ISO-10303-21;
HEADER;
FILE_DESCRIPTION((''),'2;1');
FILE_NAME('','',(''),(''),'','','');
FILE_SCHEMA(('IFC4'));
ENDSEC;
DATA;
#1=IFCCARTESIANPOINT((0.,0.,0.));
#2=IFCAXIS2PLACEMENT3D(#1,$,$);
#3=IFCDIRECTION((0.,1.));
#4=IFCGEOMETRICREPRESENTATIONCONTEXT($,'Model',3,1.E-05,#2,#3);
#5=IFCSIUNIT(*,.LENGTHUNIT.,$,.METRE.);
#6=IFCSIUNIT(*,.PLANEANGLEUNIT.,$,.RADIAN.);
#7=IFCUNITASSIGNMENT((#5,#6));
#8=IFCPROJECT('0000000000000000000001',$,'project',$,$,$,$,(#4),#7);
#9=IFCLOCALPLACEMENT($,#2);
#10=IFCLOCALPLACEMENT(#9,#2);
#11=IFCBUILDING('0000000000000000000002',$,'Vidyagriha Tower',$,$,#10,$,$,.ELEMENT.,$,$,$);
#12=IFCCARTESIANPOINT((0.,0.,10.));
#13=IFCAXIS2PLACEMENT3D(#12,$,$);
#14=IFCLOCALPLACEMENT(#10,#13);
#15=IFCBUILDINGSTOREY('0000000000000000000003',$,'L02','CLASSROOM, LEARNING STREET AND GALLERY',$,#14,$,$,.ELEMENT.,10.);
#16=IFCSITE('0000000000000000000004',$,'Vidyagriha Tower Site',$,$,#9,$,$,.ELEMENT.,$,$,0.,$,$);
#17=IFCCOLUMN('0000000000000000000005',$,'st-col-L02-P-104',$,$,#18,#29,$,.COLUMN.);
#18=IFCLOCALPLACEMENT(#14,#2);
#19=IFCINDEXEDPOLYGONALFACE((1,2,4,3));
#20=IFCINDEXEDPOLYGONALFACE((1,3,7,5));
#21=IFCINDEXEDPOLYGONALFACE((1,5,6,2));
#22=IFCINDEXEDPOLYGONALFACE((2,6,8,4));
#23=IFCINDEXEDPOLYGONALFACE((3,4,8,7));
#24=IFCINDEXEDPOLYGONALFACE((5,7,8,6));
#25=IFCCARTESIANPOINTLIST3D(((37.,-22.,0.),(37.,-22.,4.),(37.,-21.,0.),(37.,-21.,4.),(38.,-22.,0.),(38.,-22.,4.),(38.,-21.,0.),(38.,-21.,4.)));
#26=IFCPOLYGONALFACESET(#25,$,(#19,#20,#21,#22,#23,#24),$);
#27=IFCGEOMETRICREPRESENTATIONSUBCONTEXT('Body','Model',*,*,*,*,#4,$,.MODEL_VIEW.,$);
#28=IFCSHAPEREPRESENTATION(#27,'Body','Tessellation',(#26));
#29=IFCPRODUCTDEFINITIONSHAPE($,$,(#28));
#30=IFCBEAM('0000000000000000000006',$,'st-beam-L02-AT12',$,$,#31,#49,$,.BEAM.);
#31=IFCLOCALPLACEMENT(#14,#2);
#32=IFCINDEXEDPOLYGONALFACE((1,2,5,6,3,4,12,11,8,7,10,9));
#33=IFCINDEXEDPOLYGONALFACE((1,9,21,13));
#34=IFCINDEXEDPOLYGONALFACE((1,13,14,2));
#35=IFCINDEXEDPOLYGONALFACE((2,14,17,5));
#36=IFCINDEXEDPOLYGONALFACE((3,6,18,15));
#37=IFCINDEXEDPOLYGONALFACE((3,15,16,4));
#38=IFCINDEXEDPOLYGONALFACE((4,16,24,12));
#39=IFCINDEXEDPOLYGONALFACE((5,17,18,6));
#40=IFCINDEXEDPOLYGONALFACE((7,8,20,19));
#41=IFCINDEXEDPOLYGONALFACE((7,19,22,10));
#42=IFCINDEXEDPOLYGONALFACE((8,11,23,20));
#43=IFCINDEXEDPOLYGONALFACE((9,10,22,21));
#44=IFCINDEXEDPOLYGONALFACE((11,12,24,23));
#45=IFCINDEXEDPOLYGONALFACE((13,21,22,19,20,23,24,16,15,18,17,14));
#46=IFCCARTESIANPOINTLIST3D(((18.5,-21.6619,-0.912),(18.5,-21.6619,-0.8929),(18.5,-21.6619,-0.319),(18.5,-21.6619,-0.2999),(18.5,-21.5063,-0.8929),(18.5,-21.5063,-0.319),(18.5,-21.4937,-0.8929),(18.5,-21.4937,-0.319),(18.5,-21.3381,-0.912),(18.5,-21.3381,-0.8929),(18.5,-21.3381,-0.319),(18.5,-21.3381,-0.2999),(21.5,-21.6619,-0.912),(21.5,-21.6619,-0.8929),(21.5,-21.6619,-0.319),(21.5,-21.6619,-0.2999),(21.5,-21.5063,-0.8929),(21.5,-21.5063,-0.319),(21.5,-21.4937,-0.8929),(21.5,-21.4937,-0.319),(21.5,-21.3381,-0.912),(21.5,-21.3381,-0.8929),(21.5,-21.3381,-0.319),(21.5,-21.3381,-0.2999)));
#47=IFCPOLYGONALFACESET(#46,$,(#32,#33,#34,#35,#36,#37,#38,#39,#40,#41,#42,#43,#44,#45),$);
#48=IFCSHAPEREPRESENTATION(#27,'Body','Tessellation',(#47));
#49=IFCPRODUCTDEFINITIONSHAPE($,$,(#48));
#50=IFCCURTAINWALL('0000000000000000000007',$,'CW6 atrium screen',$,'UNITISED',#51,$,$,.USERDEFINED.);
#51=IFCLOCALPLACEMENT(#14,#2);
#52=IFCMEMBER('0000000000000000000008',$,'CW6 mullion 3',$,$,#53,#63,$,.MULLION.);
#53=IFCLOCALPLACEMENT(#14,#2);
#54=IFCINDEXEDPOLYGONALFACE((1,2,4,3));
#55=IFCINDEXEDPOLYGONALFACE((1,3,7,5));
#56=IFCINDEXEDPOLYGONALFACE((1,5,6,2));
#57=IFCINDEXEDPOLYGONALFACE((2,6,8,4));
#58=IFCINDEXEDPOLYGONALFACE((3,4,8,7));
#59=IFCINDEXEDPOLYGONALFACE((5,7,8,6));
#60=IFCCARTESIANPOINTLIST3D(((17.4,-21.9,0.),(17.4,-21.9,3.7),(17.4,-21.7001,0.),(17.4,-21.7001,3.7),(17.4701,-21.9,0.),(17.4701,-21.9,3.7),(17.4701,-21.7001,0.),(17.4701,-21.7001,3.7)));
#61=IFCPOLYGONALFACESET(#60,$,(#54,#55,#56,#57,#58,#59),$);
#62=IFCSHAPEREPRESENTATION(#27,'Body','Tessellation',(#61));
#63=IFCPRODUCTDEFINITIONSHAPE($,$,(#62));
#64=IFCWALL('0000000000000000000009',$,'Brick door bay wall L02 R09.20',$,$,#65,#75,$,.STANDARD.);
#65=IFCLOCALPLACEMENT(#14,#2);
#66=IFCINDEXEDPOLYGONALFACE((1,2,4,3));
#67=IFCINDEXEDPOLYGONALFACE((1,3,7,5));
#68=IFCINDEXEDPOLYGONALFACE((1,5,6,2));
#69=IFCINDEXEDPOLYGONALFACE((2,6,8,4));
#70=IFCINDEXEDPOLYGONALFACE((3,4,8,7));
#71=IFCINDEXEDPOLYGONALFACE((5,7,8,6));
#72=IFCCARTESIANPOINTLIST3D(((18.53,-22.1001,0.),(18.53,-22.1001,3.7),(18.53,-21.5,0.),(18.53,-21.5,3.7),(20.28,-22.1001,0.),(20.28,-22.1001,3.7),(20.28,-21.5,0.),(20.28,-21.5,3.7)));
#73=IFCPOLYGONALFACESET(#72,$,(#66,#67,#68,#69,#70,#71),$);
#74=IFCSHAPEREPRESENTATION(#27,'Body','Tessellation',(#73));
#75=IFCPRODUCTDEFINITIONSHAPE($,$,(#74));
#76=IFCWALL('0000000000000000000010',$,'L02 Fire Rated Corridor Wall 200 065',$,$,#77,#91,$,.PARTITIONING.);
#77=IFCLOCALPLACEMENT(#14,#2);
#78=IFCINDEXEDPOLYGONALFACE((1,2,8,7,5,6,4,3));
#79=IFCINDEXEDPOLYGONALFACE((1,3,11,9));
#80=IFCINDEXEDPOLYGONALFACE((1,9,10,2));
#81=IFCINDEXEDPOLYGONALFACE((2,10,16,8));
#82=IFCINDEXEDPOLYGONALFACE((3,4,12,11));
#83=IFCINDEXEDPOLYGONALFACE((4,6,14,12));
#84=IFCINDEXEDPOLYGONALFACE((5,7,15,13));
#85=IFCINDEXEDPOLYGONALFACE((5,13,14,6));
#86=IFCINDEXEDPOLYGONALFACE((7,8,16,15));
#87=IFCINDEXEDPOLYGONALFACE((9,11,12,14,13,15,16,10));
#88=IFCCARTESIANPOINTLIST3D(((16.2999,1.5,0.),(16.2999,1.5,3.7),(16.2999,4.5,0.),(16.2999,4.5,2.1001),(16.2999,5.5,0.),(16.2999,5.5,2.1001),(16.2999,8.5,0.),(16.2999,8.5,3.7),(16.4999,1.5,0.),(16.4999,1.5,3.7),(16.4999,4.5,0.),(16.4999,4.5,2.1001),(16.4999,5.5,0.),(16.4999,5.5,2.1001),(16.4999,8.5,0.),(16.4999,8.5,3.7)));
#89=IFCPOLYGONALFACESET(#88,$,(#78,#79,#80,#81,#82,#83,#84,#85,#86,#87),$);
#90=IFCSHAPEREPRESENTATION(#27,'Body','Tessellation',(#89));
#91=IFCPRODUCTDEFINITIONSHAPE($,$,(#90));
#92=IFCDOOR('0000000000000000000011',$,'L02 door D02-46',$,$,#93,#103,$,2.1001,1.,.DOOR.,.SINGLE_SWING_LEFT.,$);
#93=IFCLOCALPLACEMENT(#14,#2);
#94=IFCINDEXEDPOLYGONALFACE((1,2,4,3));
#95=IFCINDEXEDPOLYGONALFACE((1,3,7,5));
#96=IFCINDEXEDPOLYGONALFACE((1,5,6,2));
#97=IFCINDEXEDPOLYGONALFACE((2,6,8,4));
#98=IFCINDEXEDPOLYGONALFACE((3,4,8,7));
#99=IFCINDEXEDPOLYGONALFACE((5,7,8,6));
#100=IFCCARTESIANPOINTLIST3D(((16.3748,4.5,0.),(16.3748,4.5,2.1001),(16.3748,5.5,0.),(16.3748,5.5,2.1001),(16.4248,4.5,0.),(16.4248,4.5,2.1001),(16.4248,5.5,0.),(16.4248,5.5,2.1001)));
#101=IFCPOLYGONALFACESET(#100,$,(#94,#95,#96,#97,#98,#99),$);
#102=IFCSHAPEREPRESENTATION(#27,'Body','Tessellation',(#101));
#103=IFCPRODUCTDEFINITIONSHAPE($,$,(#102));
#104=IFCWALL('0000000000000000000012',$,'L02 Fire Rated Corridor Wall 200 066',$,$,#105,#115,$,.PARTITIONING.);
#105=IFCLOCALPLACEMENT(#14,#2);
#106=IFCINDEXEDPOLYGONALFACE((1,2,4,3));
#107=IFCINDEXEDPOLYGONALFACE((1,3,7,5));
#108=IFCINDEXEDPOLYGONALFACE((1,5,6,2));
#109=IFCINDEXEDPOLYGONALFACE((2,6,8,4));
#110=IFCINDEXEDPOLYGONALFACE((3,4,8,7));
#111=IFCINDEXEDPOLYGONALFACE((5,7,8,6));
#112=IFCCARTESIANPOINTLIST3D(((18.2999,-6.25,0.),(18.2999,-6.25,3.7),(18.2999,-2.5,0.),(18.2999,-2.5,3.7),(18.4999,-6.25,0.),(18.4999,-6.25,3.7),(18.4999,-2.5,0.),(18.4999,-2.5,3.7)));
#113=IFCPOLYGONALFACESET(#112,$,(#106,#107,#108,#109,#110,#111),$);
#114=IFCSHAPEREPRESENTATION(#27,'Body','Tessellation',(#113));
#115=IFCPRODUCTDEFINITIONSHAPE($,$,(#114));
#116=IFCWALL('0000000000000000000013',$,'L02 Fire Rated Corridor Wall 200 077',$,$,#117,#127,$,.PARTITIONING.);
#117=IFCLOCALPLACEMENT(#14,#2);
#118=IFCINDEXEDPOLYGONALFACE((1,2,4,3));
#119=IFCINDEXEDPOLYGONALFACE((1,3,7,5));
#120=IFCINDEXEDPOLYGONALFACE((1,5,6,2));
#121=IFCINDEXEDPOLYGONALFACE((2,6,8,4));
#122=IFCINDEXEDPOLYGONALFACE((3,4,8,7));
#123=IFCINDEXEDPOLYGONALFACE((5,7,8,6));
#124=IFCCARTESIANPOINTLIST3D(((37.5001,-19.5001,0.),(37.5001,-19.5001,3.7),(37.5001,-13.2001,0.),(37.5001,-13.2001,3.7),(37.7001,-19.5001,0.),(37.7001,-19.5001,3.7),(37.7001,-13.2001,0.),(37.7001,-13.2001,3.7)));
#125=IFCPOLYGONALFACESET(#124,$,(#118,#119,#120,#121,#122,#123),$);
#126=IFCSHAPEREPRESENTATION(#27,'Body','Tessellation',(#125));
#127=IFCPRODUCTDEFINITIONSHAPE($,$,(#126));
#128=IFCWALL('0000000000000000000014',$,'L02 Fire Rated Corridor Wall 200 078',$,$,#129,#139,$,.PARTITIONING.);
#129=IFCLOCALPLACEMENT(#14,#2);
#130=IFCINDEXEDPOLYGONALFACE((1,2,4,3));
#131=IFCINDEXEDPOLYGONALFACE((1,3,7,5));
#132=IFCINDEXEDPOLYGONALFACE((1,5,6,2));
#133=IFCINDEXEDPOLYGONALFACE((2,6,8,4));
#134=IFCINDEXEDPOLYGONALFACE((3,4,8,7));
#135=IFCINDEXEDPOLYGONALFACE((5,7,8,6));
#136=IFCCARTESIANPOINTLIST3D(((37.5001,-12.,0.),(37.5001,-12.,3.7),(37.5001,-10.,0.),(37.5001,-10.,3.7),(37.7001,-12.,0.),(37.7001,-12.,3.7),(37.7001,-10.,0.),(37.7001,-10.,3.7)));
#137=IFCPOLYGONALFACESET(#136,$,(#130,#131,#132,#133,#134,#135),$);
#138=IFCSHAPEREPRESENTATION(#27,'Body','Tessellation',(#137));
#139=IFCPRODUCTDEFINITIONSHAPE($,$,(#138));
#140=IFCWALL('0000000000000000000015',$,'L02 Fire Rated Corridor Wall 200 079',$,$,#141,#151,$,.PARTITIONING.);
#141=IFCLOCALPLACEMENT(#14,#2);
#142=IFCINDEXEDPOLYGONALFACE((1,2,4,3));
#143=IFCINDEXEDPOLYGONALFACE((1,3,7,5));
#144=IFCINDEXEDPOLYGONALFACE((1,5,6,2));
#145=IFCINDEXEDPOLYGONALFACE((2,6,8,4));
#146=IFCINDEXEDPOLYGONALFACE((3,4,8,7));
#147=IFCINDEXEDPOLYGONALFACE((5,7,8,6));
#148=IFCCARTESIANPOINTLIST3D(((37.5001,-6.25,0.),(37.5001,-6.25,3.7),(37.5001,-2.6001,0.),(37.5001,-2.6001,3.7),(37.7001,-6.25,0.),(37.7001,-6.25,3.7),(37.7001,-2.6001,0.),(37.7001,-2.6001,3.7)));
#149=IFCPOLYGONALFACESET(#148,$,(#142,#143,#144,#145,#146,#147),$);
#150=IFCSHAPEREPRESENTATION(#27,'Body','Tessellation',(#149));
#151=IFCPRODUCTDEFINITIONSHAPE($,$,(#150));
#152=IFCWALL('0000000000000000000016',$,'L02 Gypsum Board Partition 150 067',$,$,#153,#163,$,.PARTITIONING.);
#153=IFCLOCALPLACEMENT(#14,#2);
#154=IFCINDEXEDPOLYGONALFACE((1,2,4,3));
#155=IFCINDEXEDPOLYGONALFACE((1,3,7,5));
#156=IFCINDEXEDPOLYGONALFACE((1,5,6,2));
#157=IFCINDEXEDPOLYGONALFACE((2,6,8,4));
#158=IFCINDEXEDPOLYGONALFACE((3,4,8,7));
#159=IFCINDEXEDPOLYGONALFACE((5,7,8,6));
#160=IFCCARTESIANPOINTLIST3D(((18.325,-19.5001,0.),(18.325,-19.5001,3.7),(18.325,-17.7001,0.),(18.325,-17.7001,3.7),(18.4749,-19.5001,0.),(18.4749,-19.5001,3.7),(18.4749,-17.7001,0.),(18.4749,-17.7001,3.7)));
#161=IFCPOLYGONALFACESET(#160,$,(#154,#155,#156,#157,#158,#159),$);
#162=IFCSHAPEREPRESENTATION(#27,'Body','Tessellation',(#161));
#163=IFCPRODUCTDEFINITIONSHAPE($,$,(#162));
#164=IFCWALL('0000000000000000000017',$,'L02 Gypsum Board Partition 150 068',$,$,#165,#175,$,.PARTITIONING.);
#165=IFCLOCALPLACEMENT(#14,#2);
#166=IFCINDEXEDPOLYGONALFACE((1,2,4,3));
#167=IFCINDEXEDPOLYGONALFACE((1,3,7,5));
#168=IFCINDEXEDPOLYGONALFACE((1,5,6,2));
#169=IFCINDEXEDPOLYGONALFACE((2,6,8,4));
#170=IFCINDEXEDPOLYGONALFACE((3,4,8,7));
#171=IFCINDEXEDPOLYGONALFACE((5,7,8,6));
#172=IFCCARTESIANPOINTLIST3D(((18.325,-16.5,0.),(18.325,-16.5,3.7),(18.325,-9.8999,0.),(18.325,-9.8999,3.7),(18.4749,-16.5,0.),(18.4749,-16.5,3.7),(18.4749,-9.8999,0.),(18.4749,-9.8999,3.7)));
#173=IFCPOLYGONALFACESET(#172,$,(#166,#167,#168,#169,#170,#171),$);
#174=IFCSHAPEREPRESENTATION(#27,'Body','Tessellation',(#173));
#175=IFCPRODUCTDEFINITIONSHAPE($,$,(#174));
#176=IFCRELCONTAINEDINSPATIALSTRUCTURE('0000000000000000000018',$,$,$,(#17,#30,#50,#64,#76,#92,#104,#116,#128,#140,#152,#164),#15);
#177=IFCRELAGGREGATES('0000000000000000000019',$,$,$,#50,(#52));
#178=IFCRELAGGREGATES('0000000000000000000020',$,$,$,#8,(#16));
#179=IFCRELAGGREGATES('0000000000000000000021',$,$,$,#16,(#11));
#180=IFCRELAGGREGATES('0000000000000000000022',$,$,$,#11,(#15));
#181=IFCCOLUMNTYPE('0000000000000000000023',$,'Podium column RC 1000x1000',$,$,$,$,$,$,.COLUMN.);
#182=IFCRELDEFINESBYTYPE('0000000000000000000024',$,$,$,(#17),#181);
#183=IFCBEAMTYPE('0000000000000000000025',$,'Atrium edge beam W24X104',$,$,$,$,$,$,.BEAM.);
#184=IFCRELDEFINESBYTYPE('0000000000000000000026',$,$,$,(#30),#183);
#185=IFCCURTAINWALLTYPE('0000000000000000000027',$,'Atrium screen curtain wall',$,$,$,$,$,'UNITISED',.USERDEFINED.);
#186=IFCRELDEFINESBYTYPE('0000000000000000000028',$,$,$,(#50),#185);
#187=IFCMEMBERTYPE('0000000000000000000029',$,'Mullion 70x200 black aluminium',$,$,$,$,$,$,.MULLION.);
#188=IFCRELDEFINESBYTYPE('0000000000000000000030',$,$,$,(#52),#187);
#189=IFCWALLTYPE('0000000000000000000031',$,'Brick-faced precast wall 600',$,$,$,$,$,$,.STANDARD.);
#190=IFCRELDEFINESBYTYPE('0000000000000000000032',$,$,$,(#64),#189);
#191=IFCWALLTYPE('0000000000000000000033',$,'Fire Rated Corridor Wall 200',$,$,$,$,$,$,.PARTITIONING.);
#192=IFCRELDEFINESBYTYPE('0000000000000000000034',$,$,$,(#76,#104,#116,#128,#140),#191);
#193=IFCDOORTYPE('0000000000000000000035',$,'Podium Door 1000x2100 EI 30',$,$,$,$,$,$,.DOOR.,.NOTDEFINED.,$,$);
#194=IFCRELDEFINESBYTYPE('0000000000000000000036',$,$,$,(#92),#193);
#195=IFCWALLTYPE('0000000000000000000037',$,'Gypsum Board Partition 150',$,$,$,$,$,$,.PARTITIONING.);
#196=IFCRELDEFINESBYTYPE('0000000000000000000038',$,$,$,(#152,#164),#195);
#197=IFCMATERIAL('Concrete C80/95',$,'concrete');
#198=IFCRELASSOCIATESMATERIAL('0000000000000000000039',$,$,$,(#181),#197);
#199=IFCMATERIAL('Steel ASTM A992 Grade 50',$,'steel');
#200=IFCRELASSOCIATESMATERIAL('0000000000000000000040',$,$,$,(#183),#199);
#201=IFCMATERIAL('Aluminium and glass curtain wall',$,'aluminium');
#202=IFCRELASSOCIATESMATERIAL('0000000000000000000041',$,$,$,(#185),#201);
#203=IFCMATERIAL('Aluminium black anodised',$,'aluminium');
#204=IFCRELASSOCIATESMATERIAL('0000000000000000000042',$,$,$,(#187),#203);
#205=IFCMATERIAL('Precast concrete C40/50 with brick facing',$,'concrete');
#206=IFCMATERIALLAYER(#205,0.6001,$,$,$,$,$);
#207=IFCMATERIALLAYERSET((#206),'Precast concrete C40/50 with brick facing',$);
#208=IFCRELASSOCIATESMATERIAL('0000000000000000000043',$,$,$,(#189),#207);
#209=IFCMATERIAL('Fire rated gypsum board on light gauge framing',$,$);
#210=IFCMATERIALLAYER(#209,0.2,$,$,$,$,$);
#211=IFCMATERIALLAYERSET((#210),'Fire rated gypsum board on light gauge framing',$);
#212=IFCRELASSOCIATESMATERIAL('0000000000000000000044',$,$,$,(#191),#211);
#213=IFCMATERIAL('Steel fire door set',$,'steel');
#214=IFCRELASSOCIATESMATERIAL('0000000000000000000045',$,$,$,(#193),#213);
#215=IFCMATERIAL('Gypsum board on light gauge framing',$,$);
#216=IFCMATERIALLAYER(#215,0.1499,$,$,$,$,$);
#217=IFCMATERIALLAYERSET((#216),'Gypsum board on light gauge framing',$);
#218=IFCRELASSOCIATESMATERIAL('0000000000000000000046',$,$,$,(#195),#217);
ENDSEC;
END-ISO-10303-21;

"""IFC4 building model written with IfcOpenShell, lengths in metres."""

from ifc_helpers import new_model, si_unit, direction, frame, frame_2d, origin, origin_2d, place, context, subcontext, project, spatial, rectangle, i_section, extrude, material, layer, layer_set, material_profile, profile_set, type_object, element, fill, aggregate, save


model = new_model("IFC4")

# Units and contexts
model_context = context("Model", 3, precision=1e-05, world=origin(), true_north=direction((0.0, 1.0)))
body_context = subcontext(model_context, "Body", "Model", "MODEL_VIEW")
ifc_project = project(units=[si_unit("LENGTHUNIT", "METRE"), si_unit("PLANEANGLEUNIT", "RADIAN")], contexts=[model_context])

# Site, building, storey
site_placement = place(None, origin())
site = spatial("IfcSite", under=ifc_project, at=site_placement, Name="Vidyagriha Tower Site", CompositionType="ELEMENT", RefElevation=0.0)
building_placement = place(site_placement, origin())
building = spatial("IfcBuilding", under=site, at=building_placement, Name="Vidyagriha Tower", CompositionType="ELEMENT")
storey_placement = place(building_placement, frame((0.0, 0.0, 10.0)))
storey = spatial("IfcBuildingStorey", under=building, at=storey_placement, Name="L02", Description="CLASSROOM, LEARNING STREET AND GALLERY", CompositionType="ELEMENT", Elevation=10.0)

# Column
ifc_material_1 = material(Name="Concrete C80/95", Category="concrete")
ifc_material_profile_1 = material_profile(ifc_material_1, rectangle(XDim=1.0, YDim=1.0, at=origin_2d()), Name="RC 1000x1000")
ifc_profile_set_1 = profile_set([ifc_material_profile_1], Name="Concrete C80/95")
column_type_1 = type_object("IfcColumnType", Name="Podium column RC 1000x1000", PredefinedType="COLUMN", material=ifc_profile_set_1)
for number, where, name in (
    (1, (37.5, -21.5, 0.0), "st-col-L02-P-104"),
):
    element("IfcColumn", number, at=place(storey_placement, frame(where)), inside=storey, type_object=column_type_1, Name=name, PredefinedType="COLUMN", context=body_context, shape_type="SweptSolid", body=[
        extrude(rectangle(XDim=1.0, YDim=1.0, at=origin_2d()), origin(), (0.0, 0.0, 1.0), 4.0),
    ])

# Beam
ifc_material_2 = material(Name="Steel ASTM A992 Grade 50", Category="steel")
ifc_material_profile_2 = material_profile(ifc_material_2, i_section(OverallWidth=0.3237, OverallDepth=0.6121, WebThickness=0.0127, FlangeThickness=0.019, at=origin_2d()), Name="W24X104")
ifc_profile_set_2 = profile_set([ifc_material_profile_2], Name="Steel ASTM A992 Grade 50")
beam_type = type_object("IfcBeamType", Name="Atrium edge beam W24X104", PredefinedType="BEAM", material=ifc_profile_set_2)
beam_placement = place(storey_placement, frame((18.5, -21.5, -0.606), z_axis=(1.0, 0.0, 0.0), x_axis=(0.0, 1.0, 0.0)))
element("IfcBeam", 2, at=beam_placement, inside=storey, type_object=beam_type, Name="st-beam-L02-AT12", PredefinedType="BEAM", context=body_context, shape_type="SweptSolid", body=[
    extrude(i_section(OverallWidth=0.3237, OverallDepth=0.6121, WebThickness=0.0127, FlangeThickness=0.019, at=origin_2d()), origin(), (0.0, 0.0, 1.0), 3.0),
])

# Curtain wall, member
ifc_material_3 = material(Name="Aluminium and glass curtain wall", Category="aluminium")
curtain_wall_type = type_object("IfcCurtainWallType", Name="Atrium screen curtain wall", ElementType="UNITISED", PredefinedType="USERDEFINED", material=ifc_material_3)
curtain_wall_placement = place(storey_placement, origin())
curtain_wall = element("IfcCurtainWall", 3, at=curtain_wall_placement, inside=storey, type_object=curtain_wall_type, Name="CW6 atrium screen", ObjectType="UNITISED", PredefinedType="USERDEFINED")
ifc_material_4 = material(Name="Aluminium black anodised", Category="aluminium")
ifc_material_profile_3 = material_profile(ifc_material_4, rectangle(XDim=0.2, YDim=0.0701, at=origin_2d()), Name="Mullion 70x200 black aluminium")
ifc_profile_set_3 = profile_set([ifc_material_profile_3], Name="Aluminium black anodised")
member_type = type_object("IfcMemberType", Name="Mullion 70x200 black aluminium", PredefinedType="MULLION", material=ifc_profile_set_3)
member_placement = place(storey_placement, frame((17.4351, -21.8, 0.0), z_axis=(0.0, 0.0, 1.0), x_axis=(0.0, 1.0, 0.0)))
member = element("IfcMember", 4, at=member_placement, type_object=member_type, Name="CW6 mullion 3", PredefinedType="MULLION", context=body_context, shape_type="SweptSolid", body=[
    extrude(rectangle(XDim=0.2, YDim=0.0701, at=origin_2d()), origin(), (0.0, 0.0, 1.0), 3.7),
])
aggregate(curtain_wall, [member])

# Wall
ifc_material_5 = material(Name="Precast concrete C40/50 with brick facing", Category="concrete")
ifc_layer_1 = layer(ifc_material_5, 0.6001)
ifc_layer_set_1 = layer_set([ifc_layer_1], Name="Precast concrete C40/50 with brick facing")
wall_type_1 = type_object("IfcWallType", Name="Brick-faced precast wall 600", PredefinedType="STANDARD", material=ifc_layer_set_1)
wall_1_placement = place(storey_placement, frame((18.53, -21.8, 0.0)))
element("IfcWall", 5, at=wall_1_placement, inside=storey, type_object=wall_type_1, Name="Brick door bay wall L02 R09.20", PredefinedType="STANDARD", context=body_context, shape_type="SweptSolid", body=[
    extrude(rectangle(XDim=1.75, YDim=0.6001, at=frame_2d((0.875, 0.0))), origin(), (0.0, 0.0, 1.0), 3.7),
])

# Wall, opening, door
ifc_material_6 = material(Name="Fire rated gypsum board on light gauge framing")
ifc_layer_2 = layer(ifc_material_6, 0.2)
ifc_layer_set_2 = layer_set([ifc_layer_2], Name="Fire rated gypsum board on light gauge framing")
wall_type_2 = type_object("IfcWallType", Name="Fire Rated Corridor Wall 200", PredefinedType="PARTITIONING", material=ifc_layer_set_2)
wall_2_placement = place(storey_placement, frame((16.3999, 1.5, 0.0), z_axis=(0.0, 0.0, 1.0), x_axis=(0.0, 1.0, 0.0)))
wall_2 = element("IfcWall", 6, at=wall_2_placement, inside=storey, type_object=wall_type_2, Name="L02 Fire Rated Corridor Wall 200 065", PredefinedType="PARTITIONING", context=body_context, shape_type="SweptSolid", body=[
    extrude(rectangle(XDim=7.0, YDim=0.2, at=frame_2d((3.5, 0.0))), origin(), (0.0, 0.0, 1.0), 3.7),
])
opening_placement = place(wall_2_placement, frame((3.0, 0.0, 0.0)))
opening = element("IfcOpeningElement", 7, at=opening_placement, cuts=wall_2, PredefinedType="OPENING", context=body_context, shape_type="SweptSolid", body=[
    extrude(rectangle(XDim=1.0, YDim=2.1001, at=frame_2d((0.5, 1.05))), frame((0.0, 0.1099, 0.0), z_axis=(0.0, -1.0, 0.0), x_axis=(1.0, 0.0, 0.0)), (0.0, 0.0, 1.0), 0.22),
])
ifc_material_7 = material(Name="Steel fire door set", Category="steel")
door_type = type_object("IfcDoorType", Name="Podium Door 1000x2100 EI 30", OperationType="NOTDEFINED", PredefinedType="DOOR", material=ifc_material_7)
door_placement = place(opening_placement, frame((1.0, 0.0, 0.0), z_axis=(0.0, 0.0, 1.0), x_axis=(-1.0, 0.0, 0.0)))
door = element("IfcDoor", 8, at=door_placement, inside=storey, type_object=door_type, Name="L02 door D02-46", OperationType="SINGLE_SWING_LEFT", OverallHeight=2.1001, OverallWidth=1.0, PredefinedType="DOOR", context=body_context, shape_type="SweptSolid", body=[
    extrude(rectangle(XDim=1.0, YDim=2.1001, at=frame_2d((0.5, 1.05))), frame((0.0, 0.0249, 0.0), z_axis=(0.0, -1.0, 0.0), x_axis=(1.0, 0.0, 0.0)), (0.0, 0.0, 1.0), 0.05),
])
fill(opening, door)

# Walls
wall_3_placement = place(storey_placement, frame((18.3999, -6.25, 0.0), z_axis=(0.0, 0.0, 1.0), x_axis=(0.0, 1.0, 0.0)))
element("IfcWall", 9, at=wall_3_placement, inside=storey, type_object=wall_type_2, Name="L02 Fire Rated Corridor Wall 200 066", PredefinedType="PARTITIONING", context=body_context, shape_type="SweptSolid", body=[
    extrude(rectangle(XDim=3.75, YDim=0.2, at=frame_2d((1.875, 0.0))), origin(), (0.0, 0.0, 1.0), 3.7),
])
wall_4_placement = place(storey_placement, frame((37.6001, -19.5, 0.0), z_axis=(0.0, 0.0, 1.0), x_axis=(0.0, 1.0, 0.0)))
element("IfcWall", 10, at=wall_4_placement, inside=storey, type_object=wall_type_2, Name="L02 Fire Rated Corridor Wall 200 077", PredefinedType="PARTITIONING", context=body_context, shape_type="SweptSolid", body=[
    extrude(rectangle(XDim=6.3, YDim=0.2, at=frame_2d((3.1499, 0.0))), origin(), (0.0, 0.0, 1.0), 3.7),
])
wall_5_placement = place(storey_placement, frame((37.6001, -12.0, 0.0), z_axis=(0.0, 0.0, 1.0), x_axis=(0.0, 1.0, 0.0)))
element("IfcWall", 11, at=wall_5_placement, inside=storey, type_object=wall_type_2, Name="L02 Fire Rated Corridor Wall 200 078", PredefinedType="PARTITIONING", context=body_context, shape_type="SweptSolid", body=[
    extrude(rectangle(XDim=2.0, YDim=0.2, at=frame_2d((1.0, 0.0))), origin(), (0.0, 0.0, 1.0), 3.7),
])
wall_6_placement = place(storey_placement, frame((37.6001, -6.25, 0.0), z_axis=(0.0, 0.0, 1.0), x_axis=(0.0, 1.0, 0.0)))
element("IfcWall", 12, at=wall_6_placement, inside=storey, type_object=wall_type_2, Name="L02 Fire Rated Corridor Wall 200 079", PredefinedType="PARTITIONING", context=body_context, shape_type="SweptSolid", body=[
    extrude(rectangle(XDim=3.6499, YDim=0.2, at=frame_2d((1.825, 0.0))), origin(), (0.0, 0.0, 1.0), 3.7),
])
ifc_material_8 = material(Name="Gypsum board on light gauge framing")
ifc_layer_3 = layer(ifc_material_8, 0.1499)
ifc_layer_set_3 = layer_set([ifc_layer_3], Name="Gypsum board on light gauge framing")
wall_type_3 = type_object("IfcWallType", Name="Gypsum Board Partition 150", PredefinedType="PARTITIONING", material=ifc_layer_set_3)
wall_7_placement = place(storey_placement, frame((18.3999, -19.5, 0.0), z_axis=(0.0, 0.0, 1.0), x_axis=(0.0, 1.0, 0.0)))
element("IfcWall", 13, at=wall_7_placement, inside=storey, type_object=wall_type_3, Name="L02 Gypsum Board Partition 150 067", PredefinedType="PARTITIONING", context=body_context, shape_type="SweptSolid", body=[
    extrude(rectangle(XDim=1.8, YDim=0.1499, at=frame_2d((0.8999, 0.0))), origin(), (0.0, 0.0, 1.0), 3.7),
])
wall_8_placement = place(storey_placement, frame((18.3999, -16.5, 0.0), z_axis=(0.0, 0.0, 1.0), x_axis=(0.0, 1.0, 0.0)))
element("IfcWall", 14, at=wall_8_placement, inside=storey, type_object=wall_type_3, Name="L02 Gypsum Board Partition 150 068", PredefinedType="PARTITIONING", context=body_context, shape_type="SweptSolid", body=[
    extrude(rectangle(XDim=6.6001, YDim=0.1499, at=frame_2d((3.3, 0.0))), origin(), (0.0, 0.0, 1.0), 3.7),
])

save(model, "model.ifc")
